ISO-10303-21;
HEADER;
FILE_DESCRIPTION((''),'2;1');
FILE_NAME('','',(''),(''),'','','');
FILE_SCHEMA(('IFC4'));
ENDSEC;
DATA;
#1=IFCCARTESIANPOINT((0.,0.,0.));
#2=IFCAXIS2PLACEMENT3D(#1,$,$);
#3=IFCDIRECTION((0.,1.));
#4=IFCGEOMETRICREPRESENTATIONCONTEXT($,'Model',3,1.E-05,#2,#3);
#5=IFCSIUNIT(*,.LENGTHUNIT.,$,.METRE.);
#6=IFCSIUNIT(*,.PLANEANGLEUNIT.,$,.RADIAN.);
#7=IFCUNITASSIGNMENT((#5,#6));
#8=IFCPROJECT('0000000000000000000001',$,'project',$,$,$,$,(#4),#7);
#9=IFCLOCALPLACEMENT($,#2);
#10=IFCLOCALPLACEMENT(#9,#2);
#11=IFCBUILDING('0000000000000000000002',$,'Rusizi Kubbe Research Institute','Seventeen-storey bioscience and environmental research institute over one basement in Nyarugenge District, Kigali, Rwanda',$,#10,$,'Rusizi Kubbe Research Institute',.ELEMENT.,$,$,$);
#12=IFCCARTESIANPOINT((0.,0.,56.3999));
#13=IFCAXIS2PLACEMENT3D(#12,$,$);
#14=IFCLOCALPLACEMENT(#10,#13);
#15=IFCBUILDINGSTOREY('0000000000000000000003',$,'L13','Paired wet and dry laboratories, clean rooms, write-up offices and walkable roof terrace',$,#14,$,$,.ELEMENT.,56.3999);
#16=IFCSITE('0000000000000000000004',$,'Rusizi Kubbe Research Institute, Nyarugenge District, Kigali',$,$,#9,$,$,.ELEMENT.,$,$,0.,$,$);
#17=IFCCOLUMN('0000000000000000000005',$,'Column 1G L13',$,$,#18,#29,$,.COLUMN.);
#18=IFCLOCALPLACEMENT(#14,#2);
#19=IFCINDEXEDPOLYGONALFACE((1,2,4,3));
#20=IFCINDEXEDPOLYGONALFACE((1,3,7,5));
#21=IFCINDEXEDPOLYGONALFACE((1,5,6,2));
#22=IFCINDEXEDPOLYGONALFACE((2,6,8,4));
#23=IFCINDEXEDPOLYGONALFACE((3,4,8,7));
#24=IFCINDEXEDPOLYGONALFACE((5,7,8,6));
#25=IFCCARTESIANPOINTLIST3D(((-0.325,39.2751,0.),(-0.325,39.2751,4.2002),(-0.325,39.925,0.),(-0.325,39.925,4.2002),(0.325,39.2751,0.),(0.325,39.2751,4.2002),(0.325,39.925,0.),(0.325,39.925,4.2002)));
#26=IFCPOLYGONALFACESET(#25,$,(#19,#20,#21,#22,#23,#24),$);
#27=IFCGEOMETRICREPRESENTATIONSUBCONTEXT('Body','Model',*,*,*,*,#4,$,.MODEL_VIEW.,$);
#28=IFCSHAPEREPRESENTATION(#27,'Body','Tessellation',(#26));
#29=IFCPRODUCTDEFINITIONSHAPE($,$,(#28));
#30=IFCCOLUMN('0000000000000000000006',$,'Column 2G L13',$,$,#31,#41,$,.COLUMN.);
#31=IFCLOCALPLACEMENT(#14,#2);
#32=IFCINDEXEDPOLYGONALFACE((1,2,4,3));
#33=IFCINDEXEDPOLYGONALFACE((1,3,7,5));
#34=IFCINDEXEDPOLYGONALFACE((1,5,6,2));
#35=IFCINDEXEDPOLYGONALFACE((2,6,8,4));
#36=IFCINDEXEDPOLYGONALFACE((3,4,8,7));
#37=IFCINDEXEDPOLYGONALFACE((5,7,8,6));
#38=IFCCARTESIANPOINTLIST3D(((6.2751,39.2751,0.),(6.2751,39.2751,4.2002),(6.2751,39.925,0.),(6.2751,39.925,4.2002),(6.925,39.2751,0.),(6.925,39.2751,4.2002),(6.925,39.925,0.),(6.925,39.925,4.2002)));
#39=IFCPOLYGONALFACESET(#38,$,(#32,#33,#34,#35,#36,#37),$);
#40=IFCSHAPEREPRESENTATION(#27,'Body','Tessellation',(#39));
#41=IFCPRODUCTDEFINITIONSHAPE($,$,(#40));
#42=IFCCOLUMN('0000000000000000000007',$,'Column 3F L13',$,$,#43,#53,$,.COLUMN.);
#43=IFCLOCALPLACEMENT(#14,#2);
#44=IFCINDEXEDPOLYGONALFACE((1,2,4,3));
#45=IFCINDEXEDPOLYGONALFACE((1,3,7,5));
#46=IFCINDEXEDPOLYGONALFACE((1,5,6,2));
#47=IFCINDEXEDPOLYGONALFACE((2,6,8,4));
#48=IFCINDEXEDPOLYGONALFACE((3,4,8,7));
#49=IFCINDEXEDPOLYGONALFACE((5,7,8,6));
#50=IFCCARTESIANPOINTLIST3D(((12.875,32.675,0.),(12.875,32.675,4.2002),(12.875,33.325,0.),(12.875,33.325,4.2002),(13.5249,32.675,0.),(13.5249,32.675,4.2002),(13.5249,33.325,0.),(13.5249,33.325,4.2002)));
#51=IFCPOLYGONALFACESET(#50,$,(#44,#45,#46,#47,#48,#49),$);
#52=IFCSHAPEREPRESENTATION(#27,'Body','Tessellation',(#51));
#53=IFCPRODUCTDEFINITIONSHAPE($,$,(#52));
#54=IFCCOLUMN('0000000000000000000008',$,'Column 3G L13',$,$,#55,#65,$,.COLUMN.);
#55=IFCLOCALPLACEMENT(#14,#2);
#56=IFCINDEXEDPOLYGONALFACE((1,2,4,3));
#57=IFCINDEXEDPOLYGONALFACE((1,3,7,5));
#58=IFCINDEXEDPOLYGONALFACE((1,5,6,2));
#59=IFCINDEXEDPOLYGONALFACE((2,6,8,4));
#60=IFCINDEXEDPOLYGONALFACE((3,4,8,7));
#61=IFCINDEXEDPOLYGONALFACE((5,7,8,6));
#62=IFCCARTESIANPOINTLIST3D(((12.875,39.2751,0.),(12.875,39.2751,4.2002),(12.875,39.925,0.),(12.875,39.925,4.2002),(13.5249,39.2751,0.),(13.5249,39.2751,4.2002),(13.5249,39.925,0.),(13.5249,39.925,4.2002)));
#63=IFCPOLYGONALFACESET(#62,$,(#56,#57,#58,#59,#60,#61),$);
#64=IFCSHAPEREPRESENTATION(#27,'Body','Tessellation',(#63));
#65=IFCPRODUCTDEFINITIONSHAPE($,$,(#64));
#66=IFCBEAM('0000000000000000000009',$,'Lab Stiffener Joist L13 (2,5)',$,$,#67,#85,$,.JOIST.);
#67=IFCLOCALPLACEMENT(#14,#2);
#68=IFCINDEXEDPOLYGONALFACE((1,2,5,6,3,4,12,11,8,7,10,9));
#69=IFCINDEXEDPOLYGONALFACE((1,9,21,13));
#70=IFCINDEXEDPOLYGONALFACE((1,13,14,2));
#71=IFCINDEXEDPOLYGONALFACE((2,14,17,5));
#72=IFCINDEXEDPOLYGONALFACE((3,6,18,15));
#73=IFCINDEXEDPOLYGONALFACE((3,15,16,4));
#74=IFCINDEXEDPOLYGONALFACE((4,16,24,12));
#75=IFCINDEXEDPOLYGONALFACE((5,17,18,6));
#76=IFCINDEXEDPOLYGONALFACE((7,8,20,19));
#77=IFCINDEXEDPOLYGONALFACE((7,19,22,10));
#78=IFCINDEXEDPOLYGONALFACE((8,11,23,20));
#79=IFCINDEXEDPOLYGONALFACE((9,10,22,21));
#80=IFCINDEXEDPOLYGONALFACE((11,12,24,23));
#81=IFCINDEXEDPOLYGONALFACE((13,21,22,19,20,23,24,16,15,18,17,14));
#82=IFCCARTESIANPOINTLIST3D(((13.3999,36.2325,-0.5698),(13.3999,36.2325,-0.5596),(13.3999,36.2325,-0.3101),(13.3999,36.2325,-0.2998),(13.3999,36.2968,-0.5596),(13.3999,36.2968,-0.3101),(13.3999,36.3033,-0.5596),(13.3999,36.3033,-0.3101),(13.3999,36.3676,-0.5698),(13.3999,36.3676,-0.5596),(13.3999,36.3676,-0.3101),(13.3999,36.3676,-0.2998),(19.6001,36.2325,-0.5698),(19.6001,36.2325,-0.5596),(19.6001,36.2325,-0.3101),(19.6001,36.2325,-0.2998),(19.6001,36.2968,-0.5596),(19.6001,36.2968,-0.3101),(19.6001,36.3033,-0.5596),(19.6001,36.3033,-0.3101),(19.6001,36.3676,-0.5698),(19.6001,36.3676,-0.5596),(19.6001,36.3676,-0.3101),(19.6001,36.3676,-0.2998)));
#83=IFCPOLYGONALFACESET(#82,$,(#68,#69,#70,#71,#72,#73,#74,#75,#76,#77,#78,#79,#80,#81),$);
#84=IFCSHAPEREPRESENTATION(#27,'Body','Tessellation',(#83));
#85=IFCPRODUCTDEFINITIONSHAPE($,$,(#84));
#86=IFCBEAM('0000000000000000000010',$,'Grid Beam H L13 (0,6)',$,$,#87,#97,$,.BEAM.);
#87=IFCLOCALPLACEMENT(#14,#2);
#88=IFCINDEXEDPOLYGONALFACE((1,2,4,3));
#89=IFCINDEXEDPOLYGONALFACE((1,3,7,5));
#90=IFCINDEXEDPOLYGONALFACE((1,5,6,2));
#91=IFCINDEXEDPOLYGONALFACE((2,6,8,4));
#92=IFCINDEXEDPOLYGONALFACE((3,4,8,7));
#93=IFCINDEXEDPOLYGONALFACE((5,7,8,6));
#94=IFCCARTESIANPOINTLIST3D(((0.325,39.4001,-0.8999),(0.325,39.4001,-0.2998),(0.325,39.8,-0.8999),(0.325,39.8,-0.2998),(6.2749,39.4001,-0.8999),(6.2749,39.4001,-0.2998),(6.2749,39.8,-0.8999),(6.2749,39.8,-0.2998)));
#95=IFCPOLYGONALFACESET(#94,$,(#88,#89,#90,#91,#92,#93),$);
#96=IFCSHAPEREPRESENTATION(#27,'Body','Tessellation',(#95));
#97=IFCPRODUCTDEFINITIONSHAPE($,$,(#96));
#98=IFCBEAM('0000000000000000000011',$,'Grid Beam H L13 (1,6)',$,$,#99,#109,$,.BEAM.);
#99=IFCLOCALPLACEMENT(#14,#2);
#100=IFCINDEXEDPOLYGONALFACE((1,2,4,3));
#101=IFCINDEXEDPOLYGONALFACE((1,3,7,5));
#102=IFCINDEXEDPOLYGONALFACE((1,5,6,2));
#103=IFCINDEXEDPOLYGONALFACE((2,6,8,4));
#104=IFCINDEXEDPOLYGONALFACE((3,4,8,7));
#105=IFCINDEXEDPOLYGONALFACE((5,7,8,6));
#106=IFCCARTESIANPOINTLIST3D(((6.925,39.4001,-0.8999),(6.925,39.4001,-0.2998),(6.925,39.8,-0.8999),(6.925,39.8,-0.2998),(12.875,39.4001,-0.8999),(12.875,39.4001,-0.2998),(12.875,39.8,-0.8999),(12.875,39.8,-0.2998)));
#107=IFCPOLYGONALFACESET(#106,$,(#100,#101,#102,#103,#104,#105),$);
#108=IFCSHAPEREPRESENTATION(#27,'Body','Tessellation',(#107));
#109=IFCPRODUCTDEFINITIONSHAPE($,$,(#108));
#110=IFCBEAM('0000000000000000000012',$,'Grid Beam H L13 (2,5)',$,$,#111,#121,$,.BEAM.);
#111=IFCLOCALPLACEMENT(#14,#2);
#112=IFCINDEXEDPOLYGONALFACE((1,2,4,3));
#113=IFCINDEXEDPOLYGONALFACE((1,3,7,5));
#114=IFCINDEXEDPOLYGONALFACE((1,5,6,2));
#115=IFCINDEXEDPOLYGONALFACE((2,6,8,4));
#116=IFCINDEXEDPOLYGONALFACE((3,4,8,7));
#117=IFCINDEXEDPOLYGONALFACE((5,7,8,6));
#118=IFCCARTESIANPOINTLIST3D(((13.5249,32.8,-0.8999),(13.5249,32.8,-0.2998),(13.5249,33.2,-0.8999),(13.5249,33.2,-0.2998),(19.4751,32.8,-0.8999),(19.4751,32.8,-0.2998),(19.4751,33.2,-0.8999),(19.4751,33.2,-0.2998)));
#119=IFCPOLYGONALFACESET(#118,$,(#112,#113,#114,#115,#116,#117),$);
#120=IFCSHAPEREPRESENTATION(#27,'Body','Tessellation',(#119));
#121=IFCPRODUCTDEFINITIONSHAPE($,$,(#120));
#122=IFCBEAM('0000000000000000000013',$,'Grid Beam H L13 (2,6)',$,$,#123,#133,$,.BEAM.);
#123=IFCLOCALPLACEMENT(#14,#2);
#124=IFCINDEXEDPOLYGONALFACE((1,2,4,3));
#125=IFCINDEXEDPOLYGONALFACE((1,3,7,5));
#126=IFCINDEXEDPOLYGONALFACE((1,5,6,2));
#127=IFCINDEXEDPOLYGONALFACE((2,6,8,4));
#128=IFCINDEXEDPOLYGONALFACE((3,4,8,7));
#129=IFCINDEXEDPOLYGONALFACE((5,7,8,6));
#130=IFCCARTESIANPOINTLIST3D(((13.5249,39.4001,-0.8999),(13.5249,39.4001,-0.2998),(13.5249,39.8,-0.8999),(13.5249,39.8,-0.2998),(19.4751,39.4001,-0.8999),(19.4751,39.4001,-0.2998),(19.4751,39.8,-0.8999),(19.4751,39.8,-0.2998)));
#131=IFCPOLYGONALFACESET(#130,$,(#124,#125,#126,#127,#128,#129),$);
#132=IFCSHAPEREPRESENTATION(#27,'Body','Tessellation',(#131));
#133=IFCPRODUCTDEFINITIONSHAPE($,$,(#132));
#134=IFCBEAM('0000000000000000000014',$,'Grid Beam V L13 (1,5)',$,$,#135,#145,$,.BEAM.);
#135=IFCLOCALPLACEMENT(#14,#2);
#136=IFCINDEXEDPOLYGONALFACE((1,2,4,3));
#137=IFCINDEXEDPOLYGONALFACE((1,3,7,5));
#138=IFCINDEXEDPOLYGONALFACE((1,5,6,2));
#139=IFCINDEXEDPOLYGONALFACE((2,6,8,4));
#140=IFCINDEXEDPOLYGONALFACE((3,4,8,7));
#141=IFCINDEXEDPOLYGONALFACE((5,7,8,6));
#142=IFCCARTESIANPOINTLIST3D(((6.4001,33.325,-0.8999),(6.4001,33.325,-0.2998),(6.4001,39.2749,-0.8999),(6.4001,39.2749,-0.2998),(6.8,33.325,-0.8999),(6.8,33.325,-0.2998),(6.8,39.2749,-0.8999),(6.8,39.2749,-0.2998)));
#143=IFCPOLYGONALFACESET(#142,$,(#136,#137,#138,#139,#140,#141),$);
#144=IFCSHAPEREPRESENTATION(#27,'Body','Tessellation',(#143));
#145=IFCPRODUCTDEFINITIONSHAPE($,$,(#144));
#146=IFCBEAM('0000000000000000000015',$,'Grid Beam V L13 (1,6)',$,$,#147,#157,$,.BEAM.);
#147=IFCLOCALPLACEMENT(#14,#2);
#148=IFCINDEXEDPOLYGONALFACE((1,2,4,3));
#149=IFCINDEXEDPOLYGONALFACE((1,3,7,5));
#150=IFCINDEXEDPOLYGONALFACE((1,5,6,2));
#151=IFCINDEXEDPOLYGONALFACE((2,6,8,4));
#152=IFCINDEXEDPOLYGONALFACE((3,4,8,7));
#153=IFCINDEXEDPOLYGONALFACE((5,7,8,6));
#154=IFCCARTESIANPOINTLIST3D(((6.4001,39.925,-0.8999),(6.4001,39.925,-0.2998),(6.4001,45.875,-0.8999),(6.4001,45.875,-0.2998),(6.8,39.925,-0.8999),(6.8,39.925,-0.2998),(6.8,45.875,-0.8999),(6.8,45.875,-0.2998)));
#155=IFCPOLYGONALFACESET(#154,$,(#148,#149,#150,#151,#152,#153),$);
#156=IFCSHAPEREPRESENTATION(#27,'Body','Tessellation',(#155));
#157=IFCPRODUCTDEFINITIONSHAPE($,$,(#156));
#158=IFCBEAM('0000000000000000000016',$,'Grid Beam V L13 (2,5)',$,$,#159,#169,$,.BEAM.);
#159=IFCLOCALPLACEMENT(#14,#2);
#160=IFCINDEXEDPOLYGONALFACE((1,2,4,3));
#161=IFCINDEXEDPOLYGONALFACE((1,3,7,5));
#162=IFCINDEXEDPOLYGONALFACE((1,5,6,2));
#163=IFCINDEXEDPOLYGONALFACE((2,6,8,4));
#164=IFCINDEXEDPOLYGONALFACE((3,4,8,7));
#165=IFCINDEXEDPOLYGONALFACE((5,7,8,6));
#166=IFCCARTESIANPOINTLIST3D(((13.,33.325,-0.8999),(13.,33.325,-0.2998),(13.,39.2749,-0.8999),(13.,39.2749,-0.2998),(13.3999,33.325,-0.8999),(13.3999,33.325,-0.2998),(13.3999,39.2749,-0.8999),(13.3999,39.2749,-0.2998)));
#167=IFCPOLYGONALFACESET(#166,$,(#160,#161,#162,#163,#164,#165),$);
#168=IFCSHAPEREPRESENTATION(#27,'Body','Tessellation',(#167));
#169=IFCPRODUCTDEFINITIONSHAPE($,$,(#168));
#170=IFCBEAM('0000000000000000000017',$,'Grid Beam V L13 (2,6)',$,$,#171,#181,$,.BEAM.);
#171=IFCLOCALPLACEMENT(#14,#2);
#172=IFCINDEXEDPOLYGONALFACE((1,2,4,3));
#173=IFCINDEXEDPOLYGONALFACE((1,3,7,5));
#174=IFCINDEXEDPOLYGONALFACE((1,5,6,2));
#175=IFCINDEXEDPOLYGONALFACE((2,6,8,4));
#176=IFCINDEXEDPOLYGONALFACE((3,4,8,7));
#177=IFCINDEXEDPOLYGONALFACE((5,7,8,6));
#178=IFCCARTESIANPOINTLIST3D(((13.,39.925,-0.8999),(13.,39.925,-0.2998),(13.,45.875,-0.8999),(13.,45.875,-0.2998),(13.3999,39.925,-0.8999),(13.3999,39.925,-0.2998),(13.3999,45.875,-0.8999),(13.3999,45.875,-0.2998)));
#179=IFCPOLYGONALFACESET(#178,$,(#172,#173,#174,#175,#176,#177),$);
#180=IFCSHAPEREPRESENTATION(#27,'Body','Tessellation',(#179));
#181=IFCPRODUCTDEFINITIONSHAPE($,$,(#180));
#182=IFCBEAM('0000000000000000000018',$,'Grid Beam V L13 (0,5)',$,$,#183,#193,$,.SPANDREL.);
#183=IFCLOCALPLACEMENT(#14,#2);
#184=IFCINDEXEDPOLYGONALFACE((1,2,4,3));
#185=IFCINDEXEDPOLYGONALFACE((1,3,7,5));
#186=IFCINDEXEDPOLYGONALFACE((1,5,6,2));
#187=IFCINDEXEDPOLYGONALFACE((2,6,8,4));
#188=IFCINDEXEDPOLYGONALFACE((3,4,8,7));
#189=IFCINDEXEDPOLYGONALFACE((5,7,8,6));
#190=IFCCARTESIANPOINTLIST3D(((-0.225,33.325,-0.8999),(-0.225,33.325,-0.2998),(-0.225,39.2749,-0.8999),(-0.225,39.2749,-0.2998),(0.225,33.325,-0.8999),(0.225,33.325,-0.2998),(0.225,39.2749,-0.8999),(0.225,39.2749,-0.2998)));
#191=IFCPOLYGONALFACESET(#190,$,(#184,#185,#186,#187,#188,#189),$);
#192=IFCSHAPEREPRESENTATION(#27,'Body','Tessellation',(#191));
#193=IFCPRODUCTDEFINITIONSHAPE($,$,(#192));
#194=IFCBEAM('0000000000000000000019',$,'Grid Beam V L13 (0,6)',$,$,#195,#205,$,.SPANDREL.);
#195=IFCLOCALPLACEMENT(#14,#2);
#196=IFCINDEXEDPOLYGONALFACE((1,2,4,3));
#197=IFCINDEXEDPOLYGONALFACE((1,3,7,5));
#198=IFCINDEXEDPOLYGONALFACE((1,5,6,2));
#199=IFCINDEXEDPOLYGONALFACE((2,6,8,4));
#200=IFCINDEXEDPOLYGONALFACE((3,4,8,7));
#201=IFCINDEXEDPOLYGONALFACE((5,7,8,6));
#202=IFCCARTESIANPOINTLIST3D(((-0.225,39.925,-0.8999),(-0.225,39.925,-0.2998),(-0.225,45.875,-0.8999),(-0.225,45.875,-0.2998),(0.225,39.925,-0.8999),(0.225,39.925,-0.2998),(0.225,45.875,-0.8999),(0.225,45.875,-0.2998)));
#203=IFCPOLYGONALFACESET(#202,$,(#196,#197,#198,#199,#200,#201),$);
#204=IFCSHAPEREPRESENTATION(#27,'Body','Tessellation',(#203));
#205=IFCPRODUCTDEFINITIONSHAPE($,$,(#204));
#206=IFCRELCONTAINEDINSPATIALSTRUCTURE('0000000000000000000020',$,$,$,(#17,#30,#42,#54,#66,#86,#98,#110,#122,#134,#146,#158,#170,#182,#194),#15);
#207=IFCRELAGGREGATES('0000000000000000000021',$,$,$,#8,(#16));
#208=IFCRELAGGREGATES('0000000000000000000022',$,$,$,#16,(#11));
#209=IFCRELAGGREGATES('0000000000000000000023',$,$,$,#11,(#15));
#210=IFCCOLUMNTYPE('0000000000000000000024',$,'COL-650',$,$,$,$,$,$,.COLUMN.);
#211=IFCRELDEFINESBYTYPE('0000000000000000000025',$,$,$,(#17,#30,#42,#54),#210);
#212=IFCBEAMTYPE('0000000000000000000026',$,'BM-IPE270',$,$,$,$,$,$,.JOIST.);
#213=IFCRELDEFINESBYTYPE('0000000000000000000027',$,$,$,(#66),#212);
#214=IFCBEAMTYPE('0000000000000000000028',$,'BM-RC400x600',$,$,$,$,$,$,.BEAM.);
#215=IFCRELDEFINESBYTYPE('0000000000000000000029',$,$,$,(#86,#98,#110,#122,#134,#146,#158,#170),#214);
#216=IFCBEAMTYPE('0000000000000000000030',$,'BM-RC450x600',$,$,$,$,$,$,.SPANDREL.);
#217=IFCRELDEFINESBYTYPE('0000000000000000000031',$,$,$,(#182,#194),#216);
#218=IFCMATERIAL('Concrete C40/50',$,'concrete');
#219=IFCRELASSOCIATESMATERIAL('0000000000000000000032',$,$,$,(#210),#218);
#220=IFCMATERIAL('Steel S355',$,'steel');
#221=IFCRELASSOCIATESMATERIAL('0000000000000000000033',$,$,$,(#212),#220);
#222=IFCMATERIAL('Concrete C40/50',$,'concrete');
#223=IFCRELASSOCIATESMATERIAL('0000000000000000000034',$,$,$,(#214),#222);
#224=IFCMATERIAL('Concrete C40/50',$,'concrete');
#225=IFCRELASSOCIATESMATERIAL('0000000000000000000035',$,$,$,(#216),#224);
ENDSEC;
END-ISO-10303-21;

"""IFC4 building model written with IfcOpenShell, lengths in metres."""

from ifc_helpers import new_model, si_unit, direction, frame, origin, origin_2d, place, context, subcontext, project, spatial, rectangle, i_section, extrude, material, material_profile, profile_set, type_object, element, save


model = new_model("IFC4")

# Units and contexts
model_context = context("Model", 3, precision=1e-05, world=origin(), true_north=direction((0.0, 1.0)))
body_context = subcontext(model_context, "Body", "Model", "MODEL_VIEW")
ifc_project = project(units=[si_unit("LENGTHUNIT", "METRE"), si_unit("PLANEANGLEUNIT", "RADIAN")], contexts=[model_context])

# Site, building, storey
site_placement = place(None, origin())
site = spatial("IfcSite", under=ifc_project, at=site_placement, Name="Rusizi Kubbe Research Institute, Nyarugenge District, Kigali", CompositionType="ELEMENT", RefElevation=0.0)
building_placement = place(site_placement, origin())
building = spatial("IfcBuilding", under=site, at=building_placement, Name="Rusizi Kubbe Research Institute", Description="Seventeen-storey bioscience and environmental research institute over one basement in Nyarugenge District, Kigali, Rwanda", LongName="Rusizi Kubbe Research Institute", CompositionType="ELEMENT")
storey_placement = place(building_placement, frame((0.0, 0.0, 56.3999)))
storey = spatial("IfcBuildingStorey", under=building, at=storey_placement, Name="L13", Description="Paired wet and dry laboratories, clean rooms, write-up offices and walkable roof terrace", CompositionType="ELEMENT", Elevation=56.3999)

# Columns
ifc_material_1 = material(Name="Concrete C40/50", Category="concrete")
ifc_material_profile_1 = material_profile(ifc_material_1, rectangle(XDim=0.6499, YDim=0.6499, at=origin_2d()), Name="RC650x650")
ifc_profile_set_1 = profile_set([ifc_material_profile_1], Name="Concrete C40/50")
column_type = type_object("IfcColumnType", Name="COL-650", PredefinedType="COLUMN", material=ifc_profile_set_1)
for number, where, z_axis, x_axis, name in (
    (1, (0.0, 39.6001, 0.0), (0.0, 0.0, 1.0), (1.0, 0.0, 0.0), "Column 1G L13"),
    (2, (6.6001, 39.6001, 0.0), (0.0, 0.0, 1.0), (1.0, 0.0, 0.0), "Column 2G L13"),
    (3, (13.2, 33.0, 0.0), (0.0, 0.0, 1.0), (1.0, 0.0, 0.0), "Column 3F L13"),
    (4, (13.2, 39.6001, 0.0), (0.0, 0.0, 1.0), (1.0, 0.0, 0.0), "Column 3G L13"),
):
    element("IfcColumn", number, at=place(storey_placement, frame(where, z_axis=z_axis, x_axis=x_axis)), inside=storey, type_object=column_type, Name=name, PredefinedType="COLUMN", context=body_context, shape_type="SweptSolid", body=[
        extrude(rectangle(XDim=0.6499, YDim=0.6499, at=origin_2d()), origin(), (0.0, 0.0, 1.0), 4.2002),
    ])

# Beams
ifc_material_2 = material(Name="Steel S355", Category="steel")
ifc_material_profile_2 = material_profile(ifc_material_2, i_section(OverallWidth=0.135, OverallDepth=0.27, WebThickness=0.0066, FlangeThickness=0.0103, at=origin_2d()), Name="IPE 270")
ifc_profile_set_2 = profile_set([ifc_material_profile_2], Name="Steel S355")
beam_type_1 = type_object("IfcBeamType", Name="BM-IPE270", PredefinedType="JOIST", material=ifc_profile_set_2)
beam_placement = place(storey_placement, frame((13.3999, 36.3, -0.4348), z_axis=(1.0, 0.0, 0.0), x_axis=(0.0, 1.0, 0.0)))
element("IfcBeam", 5, at=beam_placement, inside=storey, type_object=beam_type_1, Name="Lab Stiffener Joist L13 (2,5)", PredefinedType="JOIST", context=body_context, shape_type="SweptSolid", body=[
    extrude(i_section(OverallWidth=0.135, OverallDepth=0.27, WebThickness=0.0066, FlangeThickness=0.0103, at=origin_2d()), origin(), (0.0, 0.0, 1.0), 6.2002),
])
ifc_material_3 = material(Name="Concrete C40/50", Category="concrete")
ifc_material_profile_3 = material_profile(ifc_material_3, rectangle(XDim=0.3999, YDim=0.6001, at=origin_2d()), Name="RC400x600")
ifc_profile_set_3 = profile_set([ifc_material_profile_3], Name="Concrete C40/50")
beam_type_2 = type_object("IfcBeamType", Name="BM-RC400x600", PredefinedType="BEAM", material=ifc_profile_set_3)
for number, where, z_axis, x_axis, name in (
    (6, (0.325, 39.6001, -0.5999), (1.0, 0.0, 0.0), (0.0, 1.0, 0.0), "Grid Beam H L13 (0,6)"),
    (7, (6.925, 39.6001, -0.5999), (1.0, 0.0, 0.0), (0.0, 1.0, 0.0), "Grid Beam H L13 (1,6)"),
):
    element("IfcBeam", number, at=place(storey_placement, frame(where, z_axis=z_axis, x_axis=x_axis)), inside=storey, type_object=beam_type_2, Name=name, PredefinedType="BEAM", context=body_context, shape_type="SweptSolid", body=[
        extrude(rectangle(XDim=0.3999, YDim=0.6001, at=origin_2d()), origin(), (0.0, 0.0, 1.0), 5.95),
    ])
for number, where, z_axis, x_axis, name in (
    (8, (13.5249, 33.0, -0.5999), (1.0, 0.0, 0.0), (0.0, 1.0, 0.0), "Grid Beam H L13 (2,5)"),
    (9, (13.5249, 39.6001, -0.5999), (1.0, 0.0, 0.0), (0.0, 1.0, 0.0), "Grid Beam H L13 (2,6)"),
):
    element("IfcBeam", number, at=place(storey_placement, frame(where, z_axis=z_axis, x_axis=x_axis)), inside=storey, type_object=beam_type_2, Name=name, PredefinedType="BEAM", context=body_context, shape_type="SweptSolid", body=[
        extrude(rectangle(XDim=0.3999, YDim=0.6001, at=origin_2d()), origin(), (0.0, 0.0, 1.0), 5.9502),
    ])
for number, where, z_axis, x_axis, name in (
    (10, (6.6001, 33.325, -0.5999), (0.0, 1.0, 0.0), (-1.0, 0.0, 0.0), "Grid Beam V L13 (1,5)"),
    (11, (6.6001, 39.925, -0.5999), (0.0, 1.0, 0.0), (-1.0, 0.0, 0.0), "Grid Beam V L13 (1,6)"),
    (12, (13.2, 33.325, -0.5999), (0.0, 1.0, 0.0), (-1.0, 0.0, 0.0), "Grid Beam V L13 (2,5)"),
    (13, (13.2, 39.925, -0.5999), (0.0, 1.0, 0.0), (-1.0, 0.0, 0.0), "Grid Beam V L13 (2,6)"),
):
    element("IfcBeam", number, at=place(storey_placement, frame(where, z_axis=z_axis, x_axis=x_axis)), inside=storey, type_object=beam_type_2, Name=name, PredefinedType="BEAM", context=body_context, shape_type="SweptSolid", body=[
        extrude(rectangle(XDim=0.3999, YDim=0.6001, at=origin_2d()), origin(), (0.0, 0.0, 1.0), 5.95),
    ])
ifc_material_4 = material(Name="Concrete C40/50", Category="concrete")
ifc_material_profile_4 = material_profile(ifc_material_4, rectangle(XDim=0.45, YDim=0.6001, at=origin_2d()), Name="RC450x600")
ifc_profile_set_4 = profile_set([ifc_material_profile_4], Name="Concrete C40/50")
beam_type_3 = type_object("IfcBeamType", Name="BM-RC450x600", PredefinedType="SPANDREL", material=ifc_profile_set_4)
for number, where, z_axis, x_axis, name in (
    (14, (0.0, 33.325, -0.5999), (0.0, 1.0, 0.0), (-1.0, 0.0, 0.0), "Grid Beam V L13 (0,5)"),
    (15, (0.0, 39.925, -0.5999), (0.0, 1.0, 0.0), (-1.0, 0.0, 0.0), "Grid Beam V L13 (0,6)"),
):
    element("IfcBeam", number, at=place(storey_placement, frame(where, z_axis=z_axis, x_axis=x_axis)), inside=storey, type_object=beam_type_3, Name=name, PredefinedType="SPANDREL", context=body_context, shape_type="SweptSolid", body=[
        extrude(rectangle(XDim=0.45, YDim=0.6001, at=origin_2d()), origin(), (0.0, 0.0, 1.0), 5.95),
    ])

save(model, "model.ifc")
